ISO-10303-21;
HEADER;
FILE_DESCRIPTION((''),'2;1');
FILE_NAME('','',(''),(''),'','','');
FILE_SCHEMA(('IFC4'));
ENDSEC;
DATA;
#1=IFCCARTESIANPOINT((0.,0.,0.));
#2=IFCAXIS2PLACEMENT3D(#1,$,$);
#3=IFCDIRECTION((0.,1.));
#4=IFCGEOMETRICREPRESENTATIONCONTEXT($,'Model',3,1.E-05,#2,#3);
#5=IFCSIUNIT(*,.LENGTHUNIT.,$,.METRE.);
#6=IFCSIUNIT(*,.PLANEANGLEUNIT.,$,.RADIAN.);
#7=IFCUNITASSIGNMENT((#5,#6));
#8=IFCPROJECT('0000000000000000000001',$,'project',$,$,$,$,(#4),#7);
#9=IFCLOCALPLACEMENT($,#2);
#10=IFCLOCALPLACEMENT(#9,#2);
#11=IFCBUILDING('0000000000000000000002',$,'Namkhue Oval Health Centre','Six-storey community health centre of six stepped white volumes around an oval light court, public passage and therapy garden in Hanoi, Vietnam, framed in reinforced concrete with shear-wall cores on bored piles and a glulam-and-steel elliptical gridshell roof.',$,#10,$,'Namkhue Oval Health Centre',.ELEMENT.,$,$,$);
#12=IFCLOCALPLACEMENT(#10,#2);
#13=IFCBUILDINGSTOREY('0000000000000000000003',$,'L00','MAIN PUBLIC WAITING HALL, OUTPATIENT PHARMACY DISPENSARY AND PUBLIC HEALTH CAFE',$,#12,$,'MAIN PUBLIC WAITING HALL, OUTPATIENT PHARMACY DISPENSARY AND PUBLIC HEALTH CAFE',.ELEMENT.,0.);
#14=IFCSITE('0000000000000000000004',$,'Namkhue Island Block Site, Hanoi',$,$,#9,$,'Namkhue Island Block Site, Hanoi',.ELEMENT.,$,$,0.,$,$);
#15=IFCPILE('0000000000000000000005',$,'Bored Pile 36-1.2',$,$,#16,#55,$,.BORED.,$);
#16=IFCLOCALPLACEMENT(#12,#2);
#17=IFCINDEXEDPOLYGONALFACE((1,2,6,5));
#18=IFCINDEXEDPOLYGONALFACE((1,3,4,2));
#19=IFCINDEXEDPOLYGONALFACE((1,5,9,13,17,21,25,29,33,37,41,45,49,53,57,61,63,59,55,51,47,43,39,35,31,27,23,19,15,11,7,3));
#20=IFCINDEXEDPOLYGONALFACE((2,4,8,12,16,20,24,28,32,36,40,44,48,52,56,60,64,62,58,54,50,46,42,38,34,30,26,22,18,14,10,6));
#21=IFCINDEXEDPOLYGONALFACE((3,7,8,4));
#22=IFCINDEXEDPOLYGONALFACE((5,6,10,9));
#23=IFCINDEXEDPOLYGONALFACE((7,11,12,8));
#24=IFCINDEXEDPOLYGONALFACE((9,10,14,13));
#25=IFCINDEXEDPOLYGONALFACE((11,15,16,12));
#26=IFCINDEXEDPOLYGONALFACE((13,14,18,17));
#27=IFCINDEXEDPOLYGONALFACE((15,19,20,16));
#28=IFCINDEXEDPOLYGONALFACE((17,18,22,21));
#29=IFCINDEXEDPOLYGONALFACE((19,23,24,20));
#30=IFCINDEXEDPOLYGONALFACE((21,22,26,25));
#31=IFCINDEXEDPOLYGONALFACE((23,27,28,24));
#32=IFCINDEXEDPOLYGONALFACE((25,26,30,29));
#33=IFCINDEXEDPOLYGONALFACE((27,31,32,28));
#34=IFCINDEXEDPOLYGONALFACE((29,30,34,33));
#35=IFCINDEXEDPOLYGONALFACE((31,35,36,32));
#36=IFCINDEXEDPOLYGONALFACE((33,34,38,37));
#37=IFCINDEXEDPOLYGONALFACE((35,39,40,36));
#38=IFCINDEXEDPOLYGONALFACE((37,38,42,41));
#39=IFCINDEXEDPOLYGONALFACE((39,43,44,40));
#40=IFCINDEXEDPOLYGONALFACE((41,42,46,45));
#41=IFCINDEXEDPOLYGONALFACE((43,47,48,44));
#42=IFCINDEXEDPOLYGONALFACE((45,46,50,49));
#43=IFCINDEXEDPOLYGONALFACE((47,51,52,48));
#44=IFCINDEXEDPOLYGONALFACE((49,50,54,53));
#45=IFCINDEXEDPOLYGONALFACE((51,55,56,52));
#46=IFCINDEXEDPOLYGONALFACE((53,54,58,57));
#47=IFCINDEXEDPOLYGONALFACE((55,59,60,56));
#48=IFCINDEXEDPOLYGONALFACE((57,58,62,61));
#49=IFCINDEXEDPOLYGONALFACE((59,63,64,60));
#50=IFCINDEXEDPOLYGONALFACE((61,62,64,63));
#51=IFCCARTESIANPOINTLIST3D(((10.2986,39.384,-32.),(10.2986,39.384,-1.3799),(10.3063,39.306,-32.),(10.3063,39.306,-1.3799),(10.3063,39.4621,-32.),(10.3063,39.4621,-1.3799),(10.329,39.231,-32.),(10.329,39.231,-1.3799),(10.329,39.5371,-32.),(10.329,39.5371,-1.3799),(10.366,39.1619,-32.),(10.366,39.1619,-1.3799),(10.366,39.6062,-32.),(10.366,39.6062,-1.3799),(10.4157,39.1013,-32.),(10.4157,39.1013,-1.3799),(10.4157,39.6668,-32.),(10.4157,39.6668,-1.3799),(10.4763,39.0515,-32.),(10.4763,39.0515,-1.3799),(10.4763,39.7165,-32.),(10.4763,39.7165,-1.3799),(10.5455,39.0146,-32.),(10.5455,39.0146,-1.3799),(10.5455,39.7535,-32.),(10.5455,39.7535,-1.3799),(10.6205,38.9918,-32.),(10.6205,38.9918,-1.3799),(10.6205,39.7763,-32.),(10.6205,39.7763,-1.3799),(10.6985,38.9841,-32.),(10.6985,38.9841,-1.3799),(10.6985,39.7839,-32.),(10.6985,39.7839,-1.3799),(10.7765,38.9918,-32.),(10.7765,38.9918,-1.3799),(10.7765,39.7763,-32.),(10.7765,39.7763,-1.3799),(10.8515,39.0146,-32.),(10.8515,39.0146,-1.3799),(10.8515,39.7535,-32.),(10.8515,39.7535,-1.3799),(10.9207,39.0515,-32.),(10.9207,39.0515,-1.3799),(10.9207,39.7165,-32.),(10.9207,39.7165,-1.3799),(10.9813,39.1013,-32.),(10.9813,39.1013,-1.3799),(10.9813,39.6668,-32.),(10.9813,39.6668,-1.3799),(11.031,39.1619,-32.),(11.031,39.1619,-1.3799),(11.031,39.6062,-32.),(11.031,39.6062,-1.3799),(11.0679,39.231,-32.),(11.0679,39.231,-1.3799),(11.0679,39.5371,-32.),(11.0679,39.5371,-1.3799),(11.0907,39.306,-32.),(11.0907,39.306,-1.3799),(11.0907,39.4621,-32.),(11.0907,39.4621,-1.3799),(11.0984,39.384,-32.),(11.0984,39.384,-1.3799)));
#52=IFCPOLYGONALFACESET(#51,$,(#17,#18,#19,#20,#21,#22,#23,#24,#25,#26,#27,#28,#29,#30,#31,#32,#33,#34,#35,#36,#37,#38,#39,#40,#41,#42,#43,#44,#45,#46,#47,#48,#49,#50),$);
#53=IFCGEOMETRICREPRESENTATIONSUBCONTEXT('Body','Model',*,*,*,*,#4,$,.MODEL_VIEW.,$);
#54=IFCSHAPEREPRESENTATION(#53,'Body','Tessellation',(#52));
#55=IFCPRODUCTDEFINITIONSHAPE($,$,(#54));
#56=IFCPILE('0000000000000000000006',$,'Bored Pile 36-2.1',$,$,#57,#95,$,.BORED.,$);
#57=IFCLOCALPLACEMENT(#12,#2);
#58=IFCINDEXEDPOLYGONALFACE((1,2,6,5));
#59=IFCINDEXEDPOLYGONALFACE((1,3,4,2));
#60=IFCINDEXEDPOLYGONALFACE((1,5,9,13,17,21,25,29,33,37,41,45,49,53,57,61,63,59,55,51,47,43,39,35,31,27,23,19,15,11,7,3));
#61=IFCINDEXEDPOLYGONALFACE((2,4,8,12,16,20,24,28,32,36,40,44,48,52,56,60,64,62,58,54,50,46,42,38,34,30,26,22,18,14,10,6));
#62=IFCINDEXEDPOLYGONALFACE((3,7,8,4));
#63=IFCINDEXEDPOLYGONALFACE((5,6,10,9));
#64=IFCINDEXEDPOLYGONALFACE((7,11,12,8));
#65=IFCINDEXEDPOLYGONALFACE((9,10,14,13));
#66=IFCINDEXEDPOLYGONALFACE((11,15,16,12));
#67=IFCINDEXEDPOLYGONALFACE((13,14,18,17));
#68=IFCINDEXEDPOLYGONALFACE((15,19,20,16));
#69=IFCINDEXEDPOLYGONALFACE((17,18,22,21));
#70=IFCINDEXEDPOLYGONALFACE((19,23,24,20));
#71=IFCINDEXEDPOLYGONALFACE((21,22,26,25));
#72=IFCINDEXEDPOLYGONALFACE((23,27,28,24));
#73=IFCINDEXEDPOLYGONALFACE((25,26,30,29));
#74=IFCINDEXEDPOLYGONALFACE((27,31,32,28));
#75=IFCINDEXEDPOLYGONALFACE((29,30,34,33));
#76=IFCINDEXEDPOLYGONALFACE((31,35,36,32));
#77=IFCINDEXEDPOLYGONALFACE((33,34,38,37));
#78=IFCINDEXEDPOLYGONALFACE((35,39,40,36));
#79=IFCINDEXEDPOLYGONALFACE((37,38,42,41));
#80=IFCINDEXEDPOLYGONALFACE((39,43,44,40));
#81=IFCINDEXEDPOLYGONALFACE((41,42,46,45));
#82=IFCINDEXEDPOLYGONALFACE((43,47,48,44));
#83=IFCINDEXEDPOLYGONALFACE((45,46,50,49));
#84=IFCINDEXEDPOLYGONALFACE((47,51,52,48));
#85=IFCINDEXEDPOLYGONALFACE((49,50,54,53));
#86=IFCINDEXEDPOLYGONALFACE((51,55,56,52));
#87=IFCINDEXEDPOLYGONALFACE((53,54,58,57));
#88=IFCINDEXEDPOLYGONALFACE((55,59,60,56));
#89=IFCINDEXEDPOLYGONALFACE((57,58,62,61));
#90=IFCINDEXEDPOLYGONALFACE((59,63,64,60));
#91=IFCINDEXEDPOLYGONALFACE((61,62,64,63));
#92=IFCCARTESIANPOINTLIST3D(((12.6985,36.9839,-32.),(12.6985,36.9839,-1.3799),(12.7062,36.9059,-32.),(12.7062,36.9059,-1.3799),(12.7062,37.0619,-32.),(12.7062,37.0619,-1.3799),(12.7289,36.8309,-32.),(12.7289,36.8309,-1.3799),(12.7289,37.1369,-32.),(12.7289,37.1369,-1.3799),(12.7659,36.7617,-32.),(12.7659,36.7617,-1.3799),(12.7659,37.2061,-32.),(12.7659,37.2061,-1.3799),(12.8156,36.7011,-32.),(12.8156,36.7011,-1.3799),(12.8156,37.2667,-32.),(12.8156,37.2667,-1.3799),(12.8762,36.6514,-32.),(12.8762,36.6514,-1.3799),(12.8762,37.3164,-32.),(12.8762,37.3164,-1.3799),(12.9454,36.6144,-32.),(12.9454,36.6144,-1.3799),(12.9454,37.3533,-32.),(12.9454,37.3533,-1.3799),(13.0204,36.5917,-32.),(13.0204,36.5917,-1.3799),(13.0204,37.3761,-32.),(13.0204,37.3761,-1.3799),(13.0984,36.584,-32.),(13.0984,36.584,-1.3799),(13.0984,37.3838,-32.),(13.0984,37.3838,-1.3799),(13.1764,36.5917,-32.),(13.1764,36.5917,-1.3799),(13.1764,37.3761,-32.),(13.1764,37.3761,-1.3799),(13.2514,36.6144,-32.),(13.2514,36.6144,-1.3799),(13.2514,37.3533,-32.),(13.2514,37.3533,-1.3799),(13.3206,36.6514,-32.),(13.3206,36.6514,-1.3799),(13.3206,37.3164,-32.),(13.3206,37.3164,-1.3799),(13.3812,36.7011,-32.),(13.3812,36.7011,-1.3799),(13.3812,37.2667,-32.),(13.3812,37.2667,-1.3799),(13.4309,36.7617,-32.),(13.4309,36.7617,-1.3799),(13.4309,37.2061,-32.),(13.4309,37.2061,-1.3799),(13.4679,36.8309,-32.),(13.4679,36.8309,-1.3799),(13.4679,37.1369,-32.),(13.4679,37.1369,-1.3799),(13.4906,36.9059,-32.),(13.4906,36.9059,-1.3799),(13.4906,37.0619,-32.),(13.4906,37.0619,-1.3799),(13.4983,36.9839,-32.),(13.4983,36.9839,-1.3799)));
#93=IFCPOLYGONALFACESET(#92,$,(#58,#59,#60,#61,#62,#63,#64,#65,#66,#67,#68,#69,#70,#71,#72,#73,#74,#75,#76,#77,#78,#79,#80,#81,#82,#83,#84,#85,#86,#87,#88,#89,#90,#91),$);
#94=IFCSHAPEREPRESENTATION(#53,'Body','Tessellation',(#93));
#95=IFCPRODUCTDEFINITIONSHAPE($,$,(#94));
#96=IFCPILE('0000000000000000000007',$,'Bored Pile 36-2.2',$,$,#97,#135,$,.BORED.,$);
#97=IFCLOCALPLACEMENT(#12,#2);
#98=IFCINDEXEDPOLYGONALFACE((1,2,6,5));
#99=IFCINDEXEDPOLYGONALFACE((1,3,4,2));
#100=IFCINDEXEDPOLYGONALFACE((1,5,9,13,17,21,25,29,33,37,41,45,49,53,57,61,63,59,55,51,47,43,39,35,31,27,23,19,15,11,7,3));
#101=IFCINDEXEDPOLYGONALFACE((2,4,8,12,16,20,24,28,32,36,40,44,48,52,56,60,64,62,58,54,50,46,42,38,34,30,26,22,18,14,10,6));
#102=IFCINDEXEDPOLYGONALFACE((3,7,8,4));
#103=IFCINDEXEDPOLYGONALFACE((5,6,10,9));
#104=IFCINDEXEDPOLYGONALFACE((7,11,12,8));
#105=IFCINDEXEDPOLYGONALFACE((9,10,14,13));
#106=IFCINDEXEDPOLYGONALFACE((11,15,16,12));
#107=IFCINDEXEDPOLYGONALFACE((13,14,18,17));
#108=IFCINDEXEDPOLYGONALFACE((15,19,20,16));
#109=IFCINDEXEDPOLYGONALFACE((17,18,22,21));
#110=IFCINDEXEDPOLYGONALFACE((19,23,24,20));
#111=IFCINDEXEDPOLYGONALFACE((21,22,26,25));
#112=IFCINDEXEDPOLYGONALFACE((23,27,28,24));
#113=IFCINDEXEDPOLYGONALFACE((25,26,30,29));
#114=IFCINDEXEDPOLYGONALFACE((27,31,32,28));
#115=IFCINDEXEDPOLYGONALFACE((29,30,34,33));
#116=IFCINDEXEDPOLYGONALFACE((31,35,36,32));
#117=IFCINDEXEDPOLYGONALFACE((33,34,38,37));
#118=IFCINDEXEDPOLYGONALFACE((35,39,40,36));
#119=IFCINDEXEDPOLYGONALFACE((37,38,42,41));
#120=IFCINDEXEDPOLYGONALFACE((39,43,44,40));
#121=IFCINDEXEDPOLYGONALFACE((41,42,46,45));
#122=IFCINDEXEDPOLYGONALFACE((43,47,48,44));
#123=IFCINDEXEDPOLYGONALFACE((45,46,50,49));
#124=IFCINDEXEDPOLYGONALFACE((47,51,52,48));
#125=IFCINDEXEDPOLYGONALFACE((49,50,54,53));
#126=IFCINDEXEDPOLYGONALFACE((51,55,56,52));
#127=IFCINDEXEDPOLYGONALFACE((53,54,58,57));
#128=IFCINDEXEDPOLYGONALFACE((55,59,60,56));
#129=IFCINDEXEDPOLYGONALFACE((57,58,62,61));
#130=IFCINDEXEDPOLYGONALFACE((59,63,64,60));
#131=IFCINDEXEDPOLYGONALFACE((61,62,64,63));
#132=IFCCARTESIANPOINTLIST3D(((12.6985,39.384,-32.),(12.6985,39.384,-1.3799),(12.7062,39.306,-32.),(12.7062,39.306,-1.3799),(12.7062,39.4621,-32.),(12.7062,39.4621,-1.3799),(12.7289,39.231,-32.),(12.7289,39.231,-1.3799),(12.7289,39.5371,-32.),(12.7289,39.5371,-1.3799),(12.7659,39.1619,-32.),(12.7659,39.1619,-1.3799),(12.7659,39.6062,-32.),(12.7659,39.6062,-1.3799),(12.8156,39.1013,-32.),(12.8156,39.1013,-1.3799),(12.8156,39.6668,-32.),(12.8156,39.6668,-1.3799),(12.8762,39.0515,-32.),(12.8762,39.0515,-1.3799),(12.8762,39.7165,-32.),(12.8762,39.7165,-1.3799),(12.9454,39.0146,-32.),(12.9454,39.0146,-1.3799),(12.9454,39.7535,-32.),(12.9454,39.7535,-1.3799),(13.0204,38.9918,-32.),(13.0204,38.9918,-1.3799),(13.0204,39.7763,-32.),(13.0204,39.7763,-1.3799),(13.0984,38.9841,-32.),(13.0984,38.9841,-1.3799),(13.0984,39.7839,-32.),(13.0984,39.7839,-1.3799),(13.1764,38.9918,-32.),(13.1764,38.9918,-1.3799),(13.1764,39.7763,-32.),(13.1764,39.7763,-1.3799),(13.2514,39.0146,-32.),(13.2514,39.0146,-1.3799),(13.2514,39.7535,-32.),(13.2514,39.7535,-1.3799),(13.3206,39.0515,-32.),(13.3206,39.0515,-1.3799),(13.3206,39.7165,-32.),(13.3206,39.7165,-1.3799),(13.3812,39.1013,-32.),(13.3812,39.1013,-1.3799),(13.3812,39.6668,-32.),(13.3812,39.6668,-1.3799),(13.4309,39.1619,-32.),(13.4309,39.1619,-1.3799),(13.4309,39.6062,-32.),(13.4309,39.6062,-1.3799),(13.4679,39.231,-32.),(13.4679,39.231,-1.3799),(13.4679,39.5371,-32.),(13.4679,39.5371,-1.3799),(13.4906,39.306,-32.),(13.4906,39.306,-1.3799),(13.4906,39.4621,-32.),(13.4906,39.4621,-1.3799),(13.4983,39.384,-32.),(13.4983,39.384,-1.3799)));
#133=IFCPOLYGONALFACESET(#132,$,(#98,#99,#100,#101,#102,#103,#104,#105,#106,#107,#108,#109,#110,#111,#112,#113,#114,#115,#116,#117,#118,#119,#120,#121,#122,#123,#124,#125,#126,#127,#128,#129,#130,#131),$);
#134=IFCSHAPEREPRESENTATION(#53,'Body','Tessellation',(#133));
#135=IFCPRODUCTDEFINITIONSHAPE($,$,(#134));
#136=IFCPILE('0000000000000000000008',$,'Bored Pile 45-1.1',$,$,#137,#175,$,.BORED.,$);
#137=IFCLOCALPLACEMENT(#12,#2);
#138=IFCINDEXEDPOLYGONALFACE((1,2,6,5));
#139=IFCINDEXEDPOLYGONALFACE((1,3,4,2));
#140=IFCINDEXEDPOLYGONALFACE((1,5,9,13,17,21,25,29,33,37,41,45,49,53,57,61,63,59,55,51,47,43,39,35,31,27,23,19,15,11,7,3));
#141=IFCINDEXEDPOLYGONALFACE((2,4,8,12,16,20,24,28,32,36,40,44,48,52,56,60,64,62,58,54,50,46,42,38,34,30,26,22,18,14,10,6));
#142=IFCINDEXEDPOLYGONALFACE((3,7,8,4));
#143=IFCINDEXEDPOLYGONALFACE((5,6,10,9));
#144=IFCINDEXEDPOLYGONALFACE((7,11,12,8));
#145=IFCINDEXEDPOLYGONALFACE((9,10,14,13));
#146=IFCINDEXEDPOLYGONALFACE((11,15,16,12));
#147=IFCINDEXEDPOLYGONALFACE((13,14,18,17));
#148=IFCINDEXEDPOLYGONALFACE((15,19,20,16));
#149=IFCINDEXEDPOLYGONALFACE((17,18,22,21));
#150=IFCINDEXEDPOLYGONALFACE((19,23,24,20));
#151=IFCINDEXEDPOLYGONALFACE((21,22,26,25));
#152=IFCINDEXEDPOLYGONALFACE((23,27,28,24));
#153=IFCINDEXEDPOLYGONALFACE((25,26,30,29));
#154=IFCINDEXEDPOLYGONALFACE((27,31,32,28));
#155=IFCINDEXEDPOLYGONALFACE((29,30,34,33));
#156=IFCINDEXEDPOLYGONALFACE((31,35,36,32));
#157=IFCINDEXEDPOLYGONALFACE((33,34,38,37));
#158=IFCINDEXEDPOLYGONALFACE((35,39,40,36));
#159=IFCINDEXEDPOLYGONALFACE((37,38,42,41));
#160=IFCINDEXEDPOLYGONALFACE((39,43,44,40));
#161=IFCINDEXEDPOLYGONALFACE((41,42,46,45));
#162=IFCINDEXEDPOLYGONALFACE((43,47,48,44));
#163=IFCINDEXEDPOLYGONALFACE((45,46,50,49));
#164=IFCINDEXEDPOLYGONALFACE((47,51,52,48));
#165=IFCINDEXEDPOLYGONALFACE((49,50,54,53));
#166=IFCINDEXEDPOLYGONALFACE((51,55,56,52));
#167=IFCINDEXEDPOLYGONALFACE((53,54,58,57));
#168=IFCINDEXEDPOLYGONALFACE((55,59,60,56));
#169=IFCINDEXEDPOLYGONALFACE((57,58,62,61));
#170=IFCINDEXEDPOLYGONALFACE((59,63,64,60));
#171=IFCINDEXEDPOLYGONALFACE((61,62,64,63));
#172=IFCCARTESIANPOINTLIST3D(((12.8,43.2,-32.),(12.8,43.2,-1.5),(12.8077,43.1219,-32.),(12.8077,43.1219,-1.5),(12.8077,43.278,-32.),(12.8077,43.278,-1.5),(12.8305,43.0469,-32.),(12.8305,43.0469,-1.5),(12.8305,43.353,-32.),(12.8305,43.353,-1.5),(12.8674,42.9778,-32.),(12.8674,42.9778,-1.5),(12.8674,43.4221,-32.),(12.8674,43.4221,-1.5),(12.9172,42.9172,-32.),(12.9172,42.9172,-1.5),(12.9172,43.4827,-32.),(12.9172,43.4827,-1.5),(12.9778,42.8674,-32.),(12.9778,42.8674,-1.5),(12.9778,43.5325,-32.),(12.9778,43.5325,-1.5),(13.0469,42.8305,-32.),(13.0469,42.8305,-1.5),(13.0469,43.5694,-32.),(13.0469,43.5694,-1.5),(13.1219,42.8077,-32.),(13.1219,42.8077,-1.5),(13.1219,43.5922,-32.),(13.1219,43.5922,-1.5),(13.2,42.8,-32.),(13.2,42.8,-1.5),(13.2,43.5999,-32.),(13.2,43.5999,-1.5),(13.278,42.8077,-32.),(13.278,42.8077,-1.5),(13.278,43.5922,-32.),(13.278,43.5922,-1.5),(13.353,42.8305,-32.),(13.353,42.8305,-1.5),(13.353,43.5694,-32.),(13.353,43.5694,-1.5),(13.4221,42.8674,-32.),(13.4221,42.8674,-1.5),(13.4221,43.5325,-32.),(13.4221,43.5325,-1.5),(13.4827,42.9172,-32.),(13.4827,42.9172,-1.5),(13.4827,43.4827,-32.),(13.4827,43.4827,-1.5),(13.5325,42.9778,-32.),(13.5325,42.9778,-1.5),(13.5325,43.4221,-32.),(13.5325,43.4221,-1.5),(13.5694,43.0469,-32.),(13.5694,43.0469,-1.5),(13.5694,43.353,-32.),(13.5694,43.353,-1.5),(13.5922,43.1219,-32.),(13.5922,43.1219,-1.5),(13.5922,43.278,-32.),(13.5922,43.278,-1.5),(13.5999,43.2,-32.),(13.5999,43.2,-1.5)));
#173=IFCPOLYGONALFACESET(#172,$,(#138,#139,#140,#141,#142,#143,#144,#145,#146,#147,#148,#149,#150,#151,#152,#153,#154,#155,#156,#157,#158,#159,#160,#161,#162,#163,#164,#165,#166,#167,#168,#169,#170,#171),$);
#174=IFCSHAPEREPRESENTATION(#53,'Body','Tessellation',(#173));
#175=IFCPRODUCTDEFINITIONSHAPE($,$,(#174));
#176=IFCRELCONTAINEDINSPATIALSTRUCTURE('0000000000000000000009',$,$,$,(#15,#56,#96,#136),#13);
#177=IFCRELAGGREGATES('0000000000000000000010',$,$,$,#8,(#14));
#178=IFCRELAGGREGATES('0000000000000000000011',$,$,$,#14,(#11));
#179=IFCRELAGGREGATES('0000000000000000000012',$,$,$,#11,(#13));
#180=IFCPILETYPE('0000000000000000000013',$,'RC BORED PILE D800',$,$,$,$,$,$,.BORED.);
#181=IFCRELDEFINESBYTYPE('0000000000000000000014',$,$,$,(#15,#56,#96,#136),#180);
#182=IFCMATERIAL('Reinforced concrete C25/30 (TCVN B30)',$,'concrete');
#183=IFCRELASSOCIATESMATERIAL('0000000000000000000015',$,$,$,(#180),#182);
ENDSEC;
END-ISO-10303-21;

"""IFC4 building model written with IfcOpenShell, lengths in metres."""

from ifc_helpers import new_model, si_unit, direction, frame, origin, origin_2d, place, context, subcontext, project, spatial, circle, extrude, material, material_profile, profile_set, type_object, element, save


model = new_model("IFC4")

# Units and contexts
model_context = context("Model", 3, precision=1e-05, world=origin(), true_north=direction((0.0, 1.0)))
body_context = subcontext(model_context, "Body", "Model", "MODEL_VIEW")
ifc_project = project(units=[si_unit("LENGTHUNIT", "METRE"), si_unit("PLANEANGLEUNIT", "RADIAN")], contexts=[model_context])

# Site, building, storey
site_placement = place(None, origin())
site = spatial("IfcSite", under=ifc_project, at=site_placement, Name="Namkhue Island Block Site, Hanoi", LongName="Namkhue Island Block Site, Hanoi", CompositionType="ELEMENT", RefElevation=0.0)
building_placement = place(site_placement, origin())
building = spatial("IfcBuilding", under=site, at=building_placement, Name="Namkhue Oval Health Centre", Description="Six-storey community health centre of six stepped white volumes around an oval light court, public passage and therapy garden in Hanoi, Vietnam, framed in reinforced concrete with shear-wall cores on bored piles and a glulam-and-steel elliptical gridshell roof.", LongName="Namkhue Oval Health Centre", CompositionType="ELEMENT")
storey_placement = place(building_placement, origin())
storey = spatial("IfcBuildingStorey", under=building, at=storey_placement, Name="L00", Description="MAIN PUBLIC WAITING HALL, OUTPATIENT PHARMACY DISPENSARY AND PUBLIC HEALTH CAFE", LongName="MAIN PUBLIC WAITING HALL, OUTPATIENT PHARMACY DISPENSARY AND PUBLIC HEALTH CAFE", CompositionType="ELEMENT", Elevation=0.0)

# Piles
ifc_material_1 = material(Name="Reinforced concrete C25/30 (TCVN B30)", Category="concrete")
ifc_material_profile_1 = material_profile(ifc_material_1, circle(Radius=0.3999, at=origin_2d()), Name="BORED PILE D800")
ifc_profile_set_1 = profile_set([ifc_material_profile_1], Name="Reinforced concrete C25/30 (TCVN B30)")
pile_type = type_object("IfcPileType", Name="RC BORED PILE D800", PredefinedType="BORED", material=ifc_profile_set_1)
for number, where, z_axis, x_axis, name in (
    (1, (10.6985, 39.384, -1.3799), (0.0, 0.0, -1.0), (1.0, 0.0, 0.0), "Bored Pile 36-1.2"),
    (2, (13.0984, 36.9839, -1.3799), (0.0, 0.0, -1.0), (1.0, 0.0, 0.0), "Bored Pile 36-2.1"),
    (3, (13.0984, 39.384, -1.3799), (0.0, 0.0, -1.0), (1.0, 0.0, 0.0), "Bored Pile 36-2.2"),
):
    element("IfcPile", number, at=place(storey_placement, frame(where, z_axis=z_axis, x_axis=x_axis)), inside=storey, type_object=pile_type, Name=name, PredefinedType="BORED", context=body_context, shape_type="SweptSolid", body=[
        extrude(circle(Radius=0.3999, at=origin_2d()), origin(), (0.0, 0.0, 1.0), 30.6201),
    ])
for number, where, z_axis, x_axis, name in (
    (4, (13.2, 43.2, -1.5), (0.0, 0.0, -1.0), (1.0, 0.0, 0.0), "Bored Pile 45-1.1"),
):
    element("IfcPile", number, at=place(storey_placement, frame(where, z_axis=z_axis, x_axis=x_axis)), inside=storey, type_object=pile_type, Name=name, PredefinedType="BORED", context=body_context, shape_type="SweptSolid", body=[
        extrude(circle(Radius=0.3999, at=origin_2d()), origin(), (0.0, 0.0, 1.0), 30.5),
    ])

save(model, "model.ifc")
